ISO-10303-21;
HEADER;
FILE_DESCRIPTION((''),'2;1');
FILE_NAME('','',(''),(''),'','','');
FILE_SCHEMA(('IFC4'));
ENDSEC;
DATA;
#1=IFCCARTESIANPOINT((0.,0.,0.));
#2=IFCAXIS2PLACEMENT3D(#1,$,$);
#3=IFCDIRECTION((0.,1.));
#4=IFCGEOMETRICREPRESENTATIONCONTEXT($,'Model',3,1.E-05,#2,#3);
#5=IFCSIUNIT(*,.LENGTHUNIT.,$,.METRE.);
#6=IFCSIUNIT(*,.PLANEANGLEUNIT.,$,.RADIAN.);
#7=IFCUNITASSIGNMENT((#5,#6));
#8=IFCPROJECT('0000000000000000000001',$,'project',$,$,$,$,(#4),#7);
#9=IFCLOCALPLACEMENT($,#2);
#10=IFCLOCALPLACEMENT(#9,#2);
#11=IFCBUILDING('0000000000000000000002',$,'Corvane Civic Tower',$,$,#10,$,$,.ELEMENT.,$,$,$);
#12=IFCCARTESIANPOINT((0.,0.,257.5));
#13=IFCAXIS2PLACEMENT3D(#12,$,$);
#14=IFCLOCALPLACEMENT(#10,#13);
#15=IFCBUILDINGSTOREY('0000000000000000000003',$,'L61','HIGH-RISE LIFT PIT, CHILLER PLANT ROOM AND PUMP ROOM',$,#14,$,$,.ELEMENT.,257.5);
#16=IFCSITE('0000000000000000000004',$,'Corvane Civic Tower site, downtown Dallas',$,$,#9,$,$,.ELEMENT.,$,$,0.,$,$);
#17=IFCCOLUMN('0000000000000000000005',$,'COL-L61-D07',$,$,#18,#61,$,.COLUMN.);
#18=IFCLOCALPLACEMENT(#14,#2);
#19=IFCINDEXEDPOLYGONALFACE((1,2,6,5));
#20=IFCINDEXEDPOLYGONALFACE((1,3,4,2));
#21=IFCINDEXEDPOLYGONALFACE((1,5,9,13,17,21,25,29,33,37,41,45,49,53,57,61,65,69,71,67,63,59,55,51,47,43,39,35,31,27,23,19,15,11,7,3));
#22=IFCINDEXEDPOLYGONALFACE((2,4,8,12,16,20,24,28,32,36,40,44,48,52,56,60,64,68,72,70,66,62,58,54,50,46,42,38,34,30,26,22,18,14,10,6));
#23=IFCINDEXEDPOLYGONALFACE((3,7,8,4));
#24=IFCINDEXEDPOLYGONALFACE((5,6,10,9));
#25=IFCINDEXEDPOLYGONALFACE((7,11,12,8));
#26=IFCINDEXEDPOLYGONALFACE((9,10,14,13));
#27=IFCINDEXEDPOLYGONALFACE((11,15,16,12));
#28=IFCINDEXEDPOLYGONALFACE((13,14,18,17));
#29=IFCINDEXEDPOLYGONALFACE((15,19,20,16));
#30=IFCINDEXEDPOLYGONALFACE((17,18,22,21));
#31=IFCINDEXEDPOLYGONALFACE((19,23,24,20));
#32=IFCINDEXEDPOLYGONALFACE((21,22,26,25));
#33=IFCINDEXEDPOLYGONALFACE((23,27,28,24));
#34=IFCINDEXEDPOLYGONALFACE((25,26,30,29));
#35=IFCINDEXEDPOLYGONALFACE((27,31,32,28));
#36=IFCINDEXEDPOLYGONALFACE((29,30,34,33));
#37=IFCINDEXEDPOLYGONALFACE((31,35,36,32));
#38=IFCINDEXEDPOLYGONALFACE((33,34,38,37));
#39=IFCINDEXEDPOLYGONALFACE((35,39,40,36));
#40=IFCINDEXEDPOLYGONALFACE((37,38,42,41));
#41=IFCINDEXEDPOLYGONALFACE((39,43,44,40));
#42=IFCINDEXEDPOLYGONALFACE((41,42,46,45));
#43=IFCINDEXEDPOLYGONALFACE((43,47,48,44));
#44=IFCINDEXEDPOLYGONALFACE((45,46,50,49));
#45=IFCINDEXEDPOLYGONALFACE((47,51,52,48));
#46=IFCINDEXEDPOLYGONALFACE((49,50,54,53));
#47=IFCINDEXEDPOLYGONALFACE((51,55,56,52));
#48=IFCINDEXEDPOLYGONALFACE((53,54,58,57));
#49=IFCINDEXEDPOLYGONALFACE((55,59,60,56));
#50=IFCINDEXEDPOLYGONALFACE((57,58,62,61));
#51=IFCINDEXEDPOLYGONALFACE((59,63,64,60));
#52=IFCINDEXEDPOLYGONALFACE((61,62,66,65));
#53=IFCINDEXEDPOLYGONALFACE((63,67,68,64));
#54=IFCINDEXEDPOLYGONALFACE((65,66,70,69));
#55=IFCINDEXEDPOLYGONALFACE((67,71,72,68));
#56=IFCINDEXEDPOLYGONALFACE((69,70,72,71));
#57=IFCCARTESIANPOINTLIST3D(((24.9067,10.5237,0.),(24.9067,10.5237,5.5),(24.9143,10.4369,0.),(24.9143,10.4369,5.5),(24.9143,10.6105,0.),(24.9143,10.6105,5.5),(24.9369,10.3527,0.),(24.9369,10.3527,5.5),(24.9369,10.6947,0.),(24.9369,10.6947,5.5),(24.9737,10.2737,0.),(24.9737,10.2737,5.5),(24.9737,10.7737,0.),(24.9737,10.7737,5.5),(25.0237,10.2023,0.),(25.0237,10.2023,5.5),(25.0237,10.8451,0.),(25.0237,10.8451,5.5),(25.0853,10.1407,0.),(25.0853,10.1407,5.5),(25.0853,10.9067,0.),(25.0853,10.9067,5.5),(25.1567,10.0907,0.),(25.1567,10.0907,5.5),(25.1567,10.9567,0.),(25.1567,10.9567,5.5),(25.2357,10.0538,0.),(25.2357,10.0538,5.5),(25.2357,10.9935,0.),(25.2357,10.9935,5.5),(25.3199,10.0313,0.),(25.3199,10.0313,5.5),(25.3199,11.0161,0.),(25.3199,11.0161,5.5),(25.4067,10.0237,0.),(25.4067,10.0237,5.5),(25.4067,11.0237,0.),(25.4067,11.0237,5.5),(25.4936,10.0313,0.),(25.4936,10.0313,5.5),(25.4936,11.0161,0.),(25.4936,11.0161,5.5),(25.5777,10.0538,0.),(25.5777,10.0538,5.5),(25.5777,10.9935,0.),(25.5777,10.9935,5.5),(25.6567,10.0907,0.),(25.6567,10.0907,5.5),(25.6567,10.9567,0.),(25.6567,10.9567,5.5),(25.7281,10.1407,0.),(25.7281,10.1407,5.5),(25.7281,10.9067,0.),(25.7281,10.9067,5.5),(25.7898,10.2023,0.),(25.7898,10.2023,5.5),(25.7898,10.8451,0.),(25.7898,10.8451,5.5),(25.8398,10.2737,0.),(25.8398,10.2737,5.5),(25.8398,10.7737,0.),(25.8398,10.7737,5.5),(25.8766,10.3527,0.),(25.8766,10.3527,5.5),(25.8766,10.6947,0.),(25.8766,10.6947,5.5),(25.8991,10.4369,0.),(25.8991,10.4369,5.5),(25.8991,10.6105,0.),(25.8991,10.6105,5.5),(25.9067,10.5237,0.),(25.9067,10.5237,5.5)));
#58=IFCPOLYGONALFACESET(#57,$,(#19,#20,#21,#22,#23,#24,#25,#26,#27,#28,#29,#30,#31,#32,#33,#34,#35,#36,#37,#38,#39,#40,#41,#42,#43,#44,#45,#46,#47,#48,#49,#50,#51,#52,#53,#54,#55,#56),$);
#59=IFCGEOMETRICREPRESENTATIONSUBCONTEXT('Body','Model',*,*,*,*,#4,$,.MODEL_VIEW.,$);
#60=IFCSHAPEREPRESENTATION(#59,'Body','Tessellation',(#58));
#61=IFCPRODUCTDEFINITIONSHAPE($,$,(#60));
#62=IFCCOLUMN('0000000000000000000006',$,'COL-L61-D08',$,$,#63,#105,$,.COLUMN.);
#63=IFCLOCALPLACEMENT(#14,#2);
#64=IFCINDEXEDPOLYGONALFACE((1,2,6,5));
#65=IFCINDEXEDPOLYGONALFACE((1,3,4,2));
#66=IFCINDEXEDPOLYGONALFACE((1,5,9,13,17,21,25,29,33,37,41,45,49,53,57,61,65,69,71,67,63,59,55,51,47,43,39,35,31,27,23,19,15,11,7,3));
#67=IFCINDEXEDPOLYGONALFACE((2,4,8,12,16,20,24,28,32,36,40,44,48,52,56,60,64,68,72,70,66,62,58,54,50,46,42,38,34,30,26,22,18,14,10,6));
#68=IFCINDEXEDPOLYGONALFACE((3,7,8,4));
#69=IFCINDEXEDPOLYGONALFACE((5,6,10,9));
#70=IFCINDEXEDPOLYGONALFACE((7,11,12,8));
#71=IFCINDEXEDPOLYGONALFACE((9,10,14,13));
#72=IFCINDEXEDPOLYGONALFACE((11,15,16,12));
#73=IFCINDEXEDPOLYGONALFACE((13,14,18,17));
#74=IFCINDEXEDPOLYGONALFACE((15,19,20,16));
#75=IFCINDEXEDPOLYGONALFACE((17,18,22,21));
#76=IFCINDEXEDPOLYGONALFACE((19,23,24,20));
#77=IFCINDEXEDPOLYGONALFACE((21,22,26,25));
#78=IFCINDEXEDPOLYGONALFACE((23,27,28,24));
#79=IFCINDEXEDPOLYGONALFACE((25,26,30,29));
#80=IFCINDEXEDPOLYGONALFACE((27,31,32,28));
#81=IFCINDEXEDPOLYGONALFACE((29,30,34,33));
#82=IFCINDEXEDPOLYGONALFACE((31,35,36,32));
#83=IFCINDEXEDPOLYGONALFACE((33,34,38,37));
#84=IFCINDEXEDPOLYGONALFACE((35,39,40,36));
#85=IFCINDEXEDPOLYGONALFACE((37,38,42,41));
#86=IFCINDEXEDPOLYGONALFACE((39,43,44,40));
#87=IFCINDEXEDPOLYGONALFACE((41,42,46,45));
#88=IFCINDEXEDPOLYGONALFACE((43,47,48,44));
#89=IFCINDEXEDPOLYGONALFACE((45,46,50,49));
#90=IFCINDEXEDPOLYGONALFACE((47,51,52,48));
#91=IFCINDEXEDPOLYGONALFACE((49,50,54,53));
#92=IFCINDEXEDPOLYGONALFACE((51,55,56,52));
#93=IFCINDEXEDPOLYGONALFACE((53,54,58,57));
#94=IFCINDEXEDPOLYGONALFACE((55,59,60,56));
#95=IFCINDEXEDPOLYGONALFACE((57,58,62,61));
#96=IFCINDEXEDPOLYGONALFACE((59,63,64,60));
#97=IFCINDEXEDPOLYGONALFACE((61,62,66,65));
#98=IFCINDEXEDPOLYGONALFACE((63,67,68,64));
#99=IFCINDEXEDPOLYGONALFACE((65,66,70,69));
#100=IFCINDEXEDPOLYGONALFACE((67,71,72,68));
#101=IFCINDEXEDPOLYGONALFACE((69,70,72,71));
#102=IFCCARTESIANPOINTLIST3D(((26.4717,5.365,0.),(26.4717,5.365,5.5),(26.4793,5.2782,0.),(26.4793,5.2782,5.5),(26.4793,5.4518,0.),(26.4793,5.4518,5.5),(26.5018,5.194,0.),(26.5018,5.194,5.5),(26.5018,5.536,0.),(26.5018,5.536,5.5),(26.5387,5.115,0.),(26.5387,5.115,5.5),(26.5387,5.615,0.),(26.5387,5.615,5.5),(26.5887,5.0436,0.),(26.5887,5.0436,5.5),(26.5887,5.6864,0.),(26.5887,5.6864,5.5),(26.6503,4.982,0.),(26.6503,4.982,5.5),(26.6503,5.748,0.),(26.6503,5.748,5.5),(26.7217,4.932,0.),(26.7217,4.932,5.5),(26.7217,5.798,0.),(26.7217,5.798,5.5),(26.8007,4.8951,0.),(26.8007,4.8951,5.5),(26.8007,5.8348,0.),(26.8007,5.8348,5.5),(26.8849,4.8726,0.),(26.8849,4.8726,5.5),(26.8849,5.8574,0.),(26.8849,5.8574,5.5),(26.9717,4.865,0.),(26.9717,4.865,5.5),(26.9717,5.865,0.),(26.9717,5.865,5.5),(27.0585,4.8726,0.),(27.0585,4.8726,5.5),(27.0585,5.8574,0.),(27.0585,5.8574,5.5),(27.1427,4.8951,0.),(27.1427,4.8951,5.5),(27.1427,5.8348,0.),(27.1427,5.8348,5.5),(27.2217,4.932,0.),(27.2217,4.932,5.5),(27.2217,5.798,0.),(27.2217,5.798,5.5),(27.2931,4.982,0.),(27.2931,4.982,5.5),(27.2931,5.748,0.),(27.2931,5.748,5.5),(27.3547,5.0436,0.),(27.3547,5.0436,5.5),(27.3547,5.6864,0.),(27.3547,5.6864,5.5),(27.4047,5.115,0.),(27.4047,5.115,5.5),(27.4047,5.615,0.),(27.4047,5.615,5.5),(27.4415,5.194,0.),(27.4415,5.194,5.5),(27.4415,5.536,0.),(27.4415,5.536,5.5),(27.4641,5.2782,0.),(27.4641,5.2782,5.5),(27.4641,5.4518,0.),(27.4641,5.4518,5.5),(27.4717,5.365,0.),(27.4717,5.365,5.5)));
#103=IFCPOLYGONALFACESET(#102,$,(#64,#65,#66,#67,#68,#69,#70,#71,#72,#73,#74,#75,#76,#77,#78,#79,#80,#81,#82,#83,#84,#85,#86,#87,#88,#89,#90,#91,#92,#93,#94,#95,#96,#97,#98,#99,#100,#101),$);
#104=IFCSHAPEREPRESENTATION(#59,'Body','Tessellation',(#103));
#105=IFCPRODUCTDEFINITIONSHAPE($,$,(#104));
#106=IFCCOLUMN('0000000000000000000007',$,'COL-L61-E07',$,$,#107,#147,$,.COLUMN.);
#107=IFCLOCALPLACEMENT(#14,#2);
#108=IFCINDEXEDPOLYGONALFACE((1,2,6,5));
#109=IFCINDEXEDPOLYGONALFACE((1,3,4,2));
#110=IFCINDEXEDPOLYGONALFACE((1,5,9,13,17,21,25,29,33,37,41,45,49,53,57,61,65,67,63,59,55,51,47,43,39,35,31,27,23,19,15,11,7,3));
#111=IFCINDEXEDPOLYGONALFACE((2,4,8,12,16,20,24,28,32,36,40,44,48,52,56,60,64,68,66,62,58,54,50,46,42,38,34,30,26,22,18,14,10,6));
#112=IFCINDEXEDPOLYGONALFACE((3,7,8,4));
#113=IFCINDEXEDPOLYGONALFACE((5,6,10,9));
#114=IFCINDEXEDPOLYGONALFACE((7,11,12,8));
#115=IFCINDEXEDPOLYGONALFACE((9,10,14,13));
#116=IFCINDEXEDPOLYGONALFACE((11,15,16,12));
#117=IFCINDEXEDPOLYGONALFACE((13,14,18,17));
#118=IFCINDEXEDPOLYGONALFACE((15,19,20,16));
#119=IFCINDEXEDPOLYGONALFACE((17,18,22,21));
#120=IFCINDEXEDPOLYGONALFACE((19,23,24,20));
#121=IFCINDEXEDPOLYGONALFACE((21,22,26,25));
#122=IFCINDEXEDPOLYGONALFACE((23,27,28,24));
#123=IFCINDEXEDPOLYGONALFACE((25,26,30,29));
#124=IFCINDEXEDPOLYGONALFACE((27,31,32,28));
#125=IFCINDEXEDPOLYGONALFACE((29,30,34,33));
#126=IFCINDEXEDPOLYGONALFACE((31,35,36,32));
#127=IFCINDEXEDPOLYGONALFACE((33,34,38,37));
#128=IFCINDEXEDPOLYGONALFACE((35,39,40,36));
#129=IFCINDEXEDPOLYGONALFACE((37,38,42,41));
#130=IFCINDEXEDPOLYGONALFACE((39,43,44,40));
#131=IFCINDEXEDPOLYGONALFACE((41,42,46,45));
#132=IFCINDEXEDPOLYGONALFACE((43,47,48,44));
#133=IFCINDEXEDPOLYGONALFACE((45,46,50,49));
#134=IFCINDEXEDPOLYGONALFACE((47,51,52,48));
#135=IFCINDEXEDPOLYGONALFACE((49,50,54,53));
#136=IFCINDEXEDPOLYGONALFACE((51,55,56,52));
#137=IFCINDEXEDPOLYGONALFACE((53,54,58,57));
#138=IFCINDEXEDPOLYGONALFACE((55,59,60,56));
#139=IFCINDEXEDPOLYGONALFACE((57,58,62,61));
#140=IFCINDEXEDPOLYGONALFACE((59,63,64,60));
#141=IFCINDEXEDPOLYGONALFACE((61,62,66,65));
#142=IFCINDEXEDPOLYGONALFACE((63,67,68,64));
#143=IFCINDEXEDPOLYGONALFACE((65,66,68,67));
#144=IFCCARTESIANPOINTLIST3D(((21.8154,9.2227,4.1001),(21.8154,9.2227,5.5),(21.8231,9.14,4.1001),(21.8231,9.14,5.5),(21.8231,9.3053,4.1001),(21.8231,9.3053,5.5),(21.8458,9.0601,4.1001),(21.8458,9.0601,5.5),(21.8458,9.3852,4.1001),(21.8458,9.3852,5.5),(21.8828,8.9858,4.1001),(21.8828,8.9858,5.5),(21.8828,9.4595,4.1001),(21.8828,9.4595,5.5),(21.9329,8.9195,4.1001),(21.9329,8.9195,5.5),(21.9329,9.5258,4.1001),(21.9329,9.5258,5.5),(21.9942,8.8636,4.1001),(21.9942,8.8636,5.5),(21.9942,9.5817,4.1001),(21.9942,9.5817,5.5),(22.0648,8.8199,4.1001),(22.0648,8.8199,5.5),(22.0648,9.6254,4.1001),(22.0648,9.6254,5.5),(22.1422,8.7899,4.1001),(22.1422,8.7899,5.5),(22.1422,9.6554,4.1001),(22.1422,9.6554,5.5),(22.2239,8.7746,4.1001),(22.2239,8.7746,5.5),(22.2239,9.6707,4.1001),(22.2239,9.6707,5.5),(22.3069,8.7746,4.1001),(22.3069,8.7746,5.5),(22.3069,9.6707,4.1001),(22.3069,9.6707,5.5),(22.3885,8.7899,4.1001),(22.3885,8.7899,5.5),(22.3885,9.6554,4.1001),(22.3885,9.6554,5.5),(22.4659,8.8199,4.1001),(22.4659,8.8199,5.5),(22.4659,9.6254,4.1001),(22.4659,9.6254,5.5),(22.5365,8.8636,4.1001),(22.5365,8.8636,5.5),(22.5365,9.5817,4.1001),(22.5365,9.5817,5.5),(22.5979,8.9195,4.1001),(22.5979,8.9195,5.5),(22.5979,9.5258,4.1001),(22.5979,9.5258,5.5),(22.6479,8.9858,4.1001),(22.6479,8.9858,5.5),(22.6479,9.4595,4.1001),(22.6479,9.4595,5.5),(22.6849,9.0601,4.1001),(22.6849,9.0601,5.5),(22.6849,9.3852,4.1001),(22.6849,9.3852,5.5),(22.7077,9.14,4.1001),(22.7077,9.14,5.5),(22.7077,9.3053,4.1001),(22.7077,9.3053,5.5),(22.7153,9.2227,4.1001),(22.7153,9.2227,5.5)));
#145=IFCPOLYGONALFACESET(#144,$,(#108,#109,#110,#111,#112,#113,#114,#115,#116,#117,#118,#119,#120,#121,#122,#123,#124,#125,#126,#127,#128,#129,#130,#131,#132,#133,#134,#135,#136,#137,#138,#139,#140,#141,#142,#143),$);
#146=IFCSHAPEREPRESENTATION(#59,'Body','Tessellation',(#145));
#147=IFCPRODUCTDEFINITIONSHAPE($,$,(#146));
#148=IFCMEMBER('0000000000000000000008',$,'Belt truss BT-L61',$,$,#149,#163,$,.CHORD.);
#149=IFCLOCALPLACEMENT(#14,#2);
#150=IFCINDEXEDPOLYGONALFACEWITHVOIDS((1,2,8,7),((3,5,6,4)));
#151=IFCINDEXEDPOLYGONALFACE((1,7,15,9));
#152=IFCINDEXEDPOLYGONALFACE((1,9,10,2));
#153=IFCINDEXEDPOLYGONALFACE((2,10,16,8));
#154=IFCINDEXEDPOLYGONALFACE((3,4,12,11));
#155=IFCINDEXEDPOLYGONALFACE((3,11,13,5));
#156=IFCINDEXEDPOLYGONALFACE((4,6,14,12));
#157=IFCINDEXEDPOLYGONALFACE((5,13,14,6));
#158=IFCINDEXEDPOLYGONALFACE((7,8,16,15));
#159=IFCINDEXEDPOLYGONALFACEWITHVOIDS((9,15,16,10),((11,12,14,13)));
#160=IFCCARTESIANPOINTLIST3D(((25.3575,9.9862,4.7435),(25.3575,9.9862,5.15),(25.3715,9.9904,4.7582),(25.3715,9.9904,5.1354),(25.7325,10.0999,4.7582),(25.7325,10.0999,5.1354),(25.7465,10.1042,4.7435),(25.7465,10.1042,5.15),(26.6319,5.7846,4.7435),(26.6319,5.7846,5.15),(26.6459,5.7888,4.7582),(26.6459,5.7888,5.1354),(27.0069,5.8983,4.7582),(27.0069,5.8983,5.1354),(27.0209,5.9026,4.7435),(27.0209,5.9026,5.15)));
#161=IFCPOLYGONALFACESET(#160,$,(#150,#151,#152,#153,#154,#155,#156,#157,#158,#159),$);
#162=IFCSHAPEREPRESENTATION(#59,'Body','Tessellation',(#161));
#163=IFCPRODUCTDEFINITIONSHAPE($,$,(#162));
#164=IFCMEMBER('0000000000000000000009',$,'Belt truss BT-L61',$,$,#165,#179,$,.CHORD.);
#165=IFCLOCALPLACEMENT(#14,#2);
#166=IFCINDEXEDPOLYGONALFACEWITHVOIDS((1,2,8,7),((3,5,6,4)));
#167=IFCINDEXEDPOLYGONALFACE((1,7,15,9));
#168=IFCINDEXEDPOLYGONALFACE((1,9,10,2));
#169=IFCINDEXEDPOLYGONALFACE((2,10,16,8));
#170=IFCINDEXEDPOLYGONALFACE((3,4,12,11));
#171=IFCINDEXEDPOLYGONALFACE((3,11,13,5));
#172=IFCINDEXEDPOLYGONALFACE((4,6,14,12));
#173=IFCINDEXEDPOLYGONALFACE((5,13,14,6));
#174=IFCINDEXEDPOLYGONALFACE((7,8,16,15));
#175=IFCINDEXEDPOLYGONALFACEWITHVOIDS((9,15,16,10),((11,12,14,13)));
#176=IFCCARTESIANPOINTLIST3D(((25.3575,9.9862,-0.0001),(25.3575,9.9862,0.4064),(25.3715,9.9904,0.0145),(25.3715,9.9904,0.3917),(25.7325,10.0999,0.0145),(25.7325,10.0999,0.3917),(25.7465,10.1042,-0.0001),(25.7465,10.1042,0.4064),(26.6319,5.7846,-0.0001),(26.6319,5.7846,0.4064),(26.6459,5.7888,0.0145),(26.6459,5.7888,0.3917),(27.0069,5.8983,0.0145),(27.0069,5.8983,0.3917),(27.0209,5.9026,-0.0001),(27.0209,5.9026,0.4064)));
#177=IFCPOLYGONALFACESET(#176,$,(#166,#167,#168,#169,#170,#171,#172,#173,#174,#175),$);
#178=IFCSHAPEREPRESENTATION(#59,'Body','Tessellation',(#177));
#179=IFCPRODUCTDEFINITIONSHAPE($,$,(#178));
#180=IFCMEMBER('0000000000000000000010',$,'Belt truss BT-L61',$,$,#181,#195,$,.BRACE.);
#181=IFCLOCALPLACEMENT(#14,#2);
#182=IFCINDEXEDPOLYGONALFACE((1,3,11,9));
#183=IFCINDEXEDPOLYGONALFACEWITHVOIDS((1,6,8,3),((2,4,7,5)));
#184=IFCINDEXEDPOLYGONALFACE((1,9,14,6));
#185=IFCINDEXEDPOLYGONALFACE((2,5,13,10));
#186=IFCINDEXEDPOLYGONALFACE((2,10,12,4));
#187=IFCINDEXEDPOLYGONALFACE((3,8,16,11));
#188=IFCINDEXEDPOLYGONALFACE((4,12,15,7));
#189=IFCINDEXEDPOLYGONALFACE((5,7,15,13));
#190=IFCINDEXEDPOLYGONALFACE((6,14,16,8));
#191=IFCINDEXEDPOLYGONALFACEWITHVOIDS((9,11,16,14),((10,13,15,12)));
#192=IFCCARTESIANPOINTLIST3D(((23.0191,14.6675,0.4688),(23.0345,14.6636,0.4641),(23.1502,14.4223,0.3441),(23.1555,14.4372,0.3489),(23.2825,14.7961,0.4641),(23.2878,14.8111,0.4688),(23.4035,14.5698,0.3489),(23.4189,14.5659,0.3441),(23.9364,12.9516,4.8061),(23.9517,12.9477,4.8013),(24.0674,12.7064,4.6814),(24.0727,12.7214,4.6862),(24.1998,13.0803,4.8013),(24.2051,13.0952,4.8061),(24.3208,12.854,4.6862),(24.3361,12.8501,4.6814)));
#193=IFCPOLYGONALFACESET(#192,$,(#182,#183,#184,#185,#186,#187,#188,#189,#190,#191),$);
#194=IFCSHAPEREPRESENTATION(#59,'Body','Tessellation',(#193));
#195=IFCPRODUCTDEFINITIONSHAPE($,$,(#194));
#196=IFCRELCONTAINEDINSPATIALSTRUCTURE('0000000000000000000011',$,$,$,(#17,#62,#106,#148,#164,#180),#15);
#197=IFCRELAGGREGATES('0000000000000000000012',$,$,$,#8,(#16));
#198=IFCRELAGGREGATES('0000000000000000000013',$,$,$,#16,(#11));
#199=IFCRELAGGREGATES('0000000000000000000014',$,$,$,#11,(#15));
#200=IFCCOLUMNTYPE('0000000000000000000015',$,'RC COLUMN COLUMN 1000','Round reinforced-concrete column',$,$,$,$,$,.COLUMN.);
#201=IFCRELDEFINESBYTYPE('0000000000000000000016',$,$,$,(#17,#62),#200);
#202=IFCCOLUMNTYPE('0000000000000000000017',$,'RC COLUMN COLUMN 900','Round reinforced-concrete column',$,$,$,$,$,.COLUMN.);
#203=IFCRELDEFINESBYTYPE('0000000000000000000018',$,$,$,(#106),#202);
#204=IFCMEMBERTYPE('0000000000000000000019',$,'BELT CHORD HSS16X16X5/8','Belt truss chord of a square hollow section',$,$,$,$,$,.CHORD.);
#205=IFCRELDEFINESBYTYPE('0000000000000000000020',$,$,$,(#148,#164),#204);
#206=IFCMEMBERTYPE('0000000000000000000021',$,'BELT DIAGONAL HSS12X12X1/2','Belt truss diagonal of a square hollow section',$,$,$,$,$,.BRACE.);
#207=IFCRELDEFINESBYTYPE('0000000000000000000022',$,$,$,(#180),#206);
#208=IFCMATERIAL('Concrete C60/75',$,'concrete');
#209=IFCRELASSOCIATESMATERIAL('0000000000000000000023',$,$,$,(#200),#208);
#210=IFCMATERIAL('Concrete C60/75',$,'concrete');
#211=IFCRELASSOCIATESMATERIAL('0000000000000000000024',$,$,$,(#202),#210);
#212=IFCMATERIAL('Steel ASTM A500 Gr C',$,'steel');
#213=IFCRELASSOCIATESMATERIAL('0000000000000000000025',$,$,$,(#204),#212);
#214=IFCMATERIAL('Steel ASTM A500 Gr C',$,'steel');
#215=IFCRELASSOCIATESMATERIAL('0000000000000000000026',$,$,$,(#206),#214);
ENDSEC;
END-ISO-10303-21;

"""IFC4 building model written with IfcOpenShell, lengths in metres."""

from ifc_helpers import new_model, si_unit, direction, frame, origin, origin_2d, place, context, subcontext, project, spatial, hollow_rectangle, circle, extrude, material, material_profile, profile_set, type_object, element, save


model = new_model("IFC4")

# Units and contexts
model_context = context("Model", 3, precision=1e-05, world=origin(), true_north=direction((0.0, 1.0)))
body_context = subcontext(model_context, "Body", "Model", "MODEL_VIEW")
ifc_project = project(units=[si_unit("LENGTHUNIT", "METRE"), si_unit("PLANEANGLEUNIT", "RADIAN")], contexts=[model_context])

# Site, building, storey
site_placement = place(None, origin())
site = spatial("IfcSite", under=ifc_project, at=site_placement, Name="Corvane Civic Tower site, downtown Dallas", CompositionType="ELEMENT", RefElevation=0.0)
building_placement = place(site_placement, origin())
building = spatial("IfcBuilding", under=site, at=building_placement, Name="Corvane Civic Tower", CompositionType="ELEMENT")
storey_placement = place(building_placement, frame((0.0, 0.0, 257.5)))
storey = spatial("IfcBuildingStorey", under=building, at=storey_placement, Name="L61", Description="HIGH-RISE LIFT PIT, CHILLER PLANT ROOM AND PUMP ROOM", CompositionType="ELEMENT", Elevation=257.5)

# Columns
ifc_material_1 = material(Name="Concrete C60/75", Category="concrete")
ifc_material_profile_1 = material_profile(ifc_material_1, circle(Radius=0.5, at=origin_2d()), Name="COLUMN 1000")
ifc_profile_set_1 = profile_set([ifc_material_profile_1], Name="Concrete C60/75")
column_type_1 = type_object("IfcColumnType", Name="RC COLUMN COLUMN 1000", Description="Round reinforced-concrete column", PredefinedType="COLUMN", material=ifc_profile_set_1)
for number, where, z_axis, x_axis, name in (
    (1, (25.4067, 10.5237, 0.0), (0.0, 0.0, 1.0), (1.0, 0.0, 0.0), "COL-L61-D07"),
    (2, (26.9717, 5.365, 0.0), (0.0, 0.0, 1.0), (1.0, 0.0, 0.0), "COL-L61-D08"),
):
    element("IfcColumn", number, at=place(storey_placement, frame(where, z_axis=z_axis, x_axis=x_axis)), inside=storey, type_object=column_type_1, Name=name, PredefinedType="COLUMN", context=body_context, shape_type="SweptSolid", body=[
        extrude(circle(Radius=0.5, at=origin_2d()), origin(), (0.0, 0.0, 1.0), 5.5),
    ])
ifc_material_2 = material(Name="Concrete C60/75", Category="concrete")
ifc_material_profile_2 = material_profile(ifc_material_2, circle(Radius=0.45, at=origin_2d()), Name="COLUMN 900")
ifc_profile_set_2 = profile_set([ifc_material_profile_2], Name="Concrete C60/75")
column_type_2 = type_object("IfcColumnType", Name="RC COLUMN COLUMN 900", Description="Round reinforced-concrete column", PredefinedType="COLUMN", material=ifc_profile_set_2)
column_placement = place(storey_placement, frame((22.2654, 9.2227, 4.1001), z_axis=(0.0, 0.0, 1.0), x_axis=(1.0, 0.0, 0.0)))
element("IfcColumn", 3, at=column_placement, inside=storey, type_object=column_type_2, Name="COL-L61-E07", PredefinedType="COLUMN", context=body_context, shape_type="SweptSolid", body=[
    extrude(circle(Radius=0.45, at=origin_2d()), origin(), (0.0, 0.0, 1.0), 1.3999),
])

# Members
ifc_material_3 = material(Name="Steel ASTM A500 Gr C", Category="steel")
ifc_material_profile_3 = material_profile(ifc_material_3, hollow_rectangle(XDim=0.4065, YDim=0.4065, WallThickness=0.0146, at=origin_2d()), Name="HSS16X16X5/8")
ifc_profile_set_3 = profile_set([ifc_material_profile_3], Name="Steel ASTM A500 Gr C")
member_type_1 = type_object("IfcMemberType", Name="BELT CHORD HSS16X16X5/8", Description="Belt truss chord of a square hollow section", PredefinedType="CHORD", material=ifc_profile_set_3)
for number, where, z_axis, x_axis, name in (
    (4, (25.552, 10.0452, 4.9468), (0.290254, -0.95695, 0.0), (0.95695, 0.290254, 0.0), "Belt truss BT-L61"),
    (5, (25.552, 10.0452, 0.2031), (0.290254, -0.95695, 0.0), (0.95695, 0.290254, 0.0), "Belt truss BT-L61"),
):
    element("IfcMember", number, at=place(storey_placement, frame(where, z_axis=z_axis, x_axis=x_axis)), inside=storey, type_object=member_type_1, Name=name, PredefinedType="CHORD", context=body_context, shape_type="SweptSolid", body=[
        extrude(hollow_rectangle(XDim=0.4065, YDim=0.4065, WallThickness=0.0146, at=origin_2d()), origin(), (0.0, 0.0, 1.0), 4.3906),
    ])
ifc_material_4 = material(Name="Steel ASTM A500 Gr C", Category="steel")
ifc_material_profile_4 = material_profile(ifc_material_4, hollow_rectangle(XDim=0.3047, YDim=0.3047, WallThickness=0.0117, at=origin_2d()), Name="HSS12X12X1/2")
ifc_profile_set_4 = profile_set([ifc_material_profile_4], Name="Steel ASTM A500 Gr C")
member_type_2 = type_object("IfcMemberType", Name="BELT DIAGONAL HSS12X12X1/2", Description="Belt truss diagonal of a square hollow section", PredefinedType="BRACE", material=ifc_profile_set_4)
member_1_placement = place(storey_placement, frame((23.219, 14.6167, 0.4065), z_axis=(0.192958, -0.360955, 0.912403), x_axis=(0.881897, 0.471441, 0.0)))
element("IfcMember", 6, at=member_1_placement, inside=storey, type_object=member_type_2, Name="Belt truss BT-L61", PredefinedType="BRACE", context=body_context, shape_type="SweptSolid", body=[
    extrude(hollow_rectangle(XDim=0.3047, YDim=0.3047, WallThickness=0.0117, at=origin_2d()), origin(), (0.0, 0.0, 1.0), 4.7537),
])

save(model, "model.ifc")
